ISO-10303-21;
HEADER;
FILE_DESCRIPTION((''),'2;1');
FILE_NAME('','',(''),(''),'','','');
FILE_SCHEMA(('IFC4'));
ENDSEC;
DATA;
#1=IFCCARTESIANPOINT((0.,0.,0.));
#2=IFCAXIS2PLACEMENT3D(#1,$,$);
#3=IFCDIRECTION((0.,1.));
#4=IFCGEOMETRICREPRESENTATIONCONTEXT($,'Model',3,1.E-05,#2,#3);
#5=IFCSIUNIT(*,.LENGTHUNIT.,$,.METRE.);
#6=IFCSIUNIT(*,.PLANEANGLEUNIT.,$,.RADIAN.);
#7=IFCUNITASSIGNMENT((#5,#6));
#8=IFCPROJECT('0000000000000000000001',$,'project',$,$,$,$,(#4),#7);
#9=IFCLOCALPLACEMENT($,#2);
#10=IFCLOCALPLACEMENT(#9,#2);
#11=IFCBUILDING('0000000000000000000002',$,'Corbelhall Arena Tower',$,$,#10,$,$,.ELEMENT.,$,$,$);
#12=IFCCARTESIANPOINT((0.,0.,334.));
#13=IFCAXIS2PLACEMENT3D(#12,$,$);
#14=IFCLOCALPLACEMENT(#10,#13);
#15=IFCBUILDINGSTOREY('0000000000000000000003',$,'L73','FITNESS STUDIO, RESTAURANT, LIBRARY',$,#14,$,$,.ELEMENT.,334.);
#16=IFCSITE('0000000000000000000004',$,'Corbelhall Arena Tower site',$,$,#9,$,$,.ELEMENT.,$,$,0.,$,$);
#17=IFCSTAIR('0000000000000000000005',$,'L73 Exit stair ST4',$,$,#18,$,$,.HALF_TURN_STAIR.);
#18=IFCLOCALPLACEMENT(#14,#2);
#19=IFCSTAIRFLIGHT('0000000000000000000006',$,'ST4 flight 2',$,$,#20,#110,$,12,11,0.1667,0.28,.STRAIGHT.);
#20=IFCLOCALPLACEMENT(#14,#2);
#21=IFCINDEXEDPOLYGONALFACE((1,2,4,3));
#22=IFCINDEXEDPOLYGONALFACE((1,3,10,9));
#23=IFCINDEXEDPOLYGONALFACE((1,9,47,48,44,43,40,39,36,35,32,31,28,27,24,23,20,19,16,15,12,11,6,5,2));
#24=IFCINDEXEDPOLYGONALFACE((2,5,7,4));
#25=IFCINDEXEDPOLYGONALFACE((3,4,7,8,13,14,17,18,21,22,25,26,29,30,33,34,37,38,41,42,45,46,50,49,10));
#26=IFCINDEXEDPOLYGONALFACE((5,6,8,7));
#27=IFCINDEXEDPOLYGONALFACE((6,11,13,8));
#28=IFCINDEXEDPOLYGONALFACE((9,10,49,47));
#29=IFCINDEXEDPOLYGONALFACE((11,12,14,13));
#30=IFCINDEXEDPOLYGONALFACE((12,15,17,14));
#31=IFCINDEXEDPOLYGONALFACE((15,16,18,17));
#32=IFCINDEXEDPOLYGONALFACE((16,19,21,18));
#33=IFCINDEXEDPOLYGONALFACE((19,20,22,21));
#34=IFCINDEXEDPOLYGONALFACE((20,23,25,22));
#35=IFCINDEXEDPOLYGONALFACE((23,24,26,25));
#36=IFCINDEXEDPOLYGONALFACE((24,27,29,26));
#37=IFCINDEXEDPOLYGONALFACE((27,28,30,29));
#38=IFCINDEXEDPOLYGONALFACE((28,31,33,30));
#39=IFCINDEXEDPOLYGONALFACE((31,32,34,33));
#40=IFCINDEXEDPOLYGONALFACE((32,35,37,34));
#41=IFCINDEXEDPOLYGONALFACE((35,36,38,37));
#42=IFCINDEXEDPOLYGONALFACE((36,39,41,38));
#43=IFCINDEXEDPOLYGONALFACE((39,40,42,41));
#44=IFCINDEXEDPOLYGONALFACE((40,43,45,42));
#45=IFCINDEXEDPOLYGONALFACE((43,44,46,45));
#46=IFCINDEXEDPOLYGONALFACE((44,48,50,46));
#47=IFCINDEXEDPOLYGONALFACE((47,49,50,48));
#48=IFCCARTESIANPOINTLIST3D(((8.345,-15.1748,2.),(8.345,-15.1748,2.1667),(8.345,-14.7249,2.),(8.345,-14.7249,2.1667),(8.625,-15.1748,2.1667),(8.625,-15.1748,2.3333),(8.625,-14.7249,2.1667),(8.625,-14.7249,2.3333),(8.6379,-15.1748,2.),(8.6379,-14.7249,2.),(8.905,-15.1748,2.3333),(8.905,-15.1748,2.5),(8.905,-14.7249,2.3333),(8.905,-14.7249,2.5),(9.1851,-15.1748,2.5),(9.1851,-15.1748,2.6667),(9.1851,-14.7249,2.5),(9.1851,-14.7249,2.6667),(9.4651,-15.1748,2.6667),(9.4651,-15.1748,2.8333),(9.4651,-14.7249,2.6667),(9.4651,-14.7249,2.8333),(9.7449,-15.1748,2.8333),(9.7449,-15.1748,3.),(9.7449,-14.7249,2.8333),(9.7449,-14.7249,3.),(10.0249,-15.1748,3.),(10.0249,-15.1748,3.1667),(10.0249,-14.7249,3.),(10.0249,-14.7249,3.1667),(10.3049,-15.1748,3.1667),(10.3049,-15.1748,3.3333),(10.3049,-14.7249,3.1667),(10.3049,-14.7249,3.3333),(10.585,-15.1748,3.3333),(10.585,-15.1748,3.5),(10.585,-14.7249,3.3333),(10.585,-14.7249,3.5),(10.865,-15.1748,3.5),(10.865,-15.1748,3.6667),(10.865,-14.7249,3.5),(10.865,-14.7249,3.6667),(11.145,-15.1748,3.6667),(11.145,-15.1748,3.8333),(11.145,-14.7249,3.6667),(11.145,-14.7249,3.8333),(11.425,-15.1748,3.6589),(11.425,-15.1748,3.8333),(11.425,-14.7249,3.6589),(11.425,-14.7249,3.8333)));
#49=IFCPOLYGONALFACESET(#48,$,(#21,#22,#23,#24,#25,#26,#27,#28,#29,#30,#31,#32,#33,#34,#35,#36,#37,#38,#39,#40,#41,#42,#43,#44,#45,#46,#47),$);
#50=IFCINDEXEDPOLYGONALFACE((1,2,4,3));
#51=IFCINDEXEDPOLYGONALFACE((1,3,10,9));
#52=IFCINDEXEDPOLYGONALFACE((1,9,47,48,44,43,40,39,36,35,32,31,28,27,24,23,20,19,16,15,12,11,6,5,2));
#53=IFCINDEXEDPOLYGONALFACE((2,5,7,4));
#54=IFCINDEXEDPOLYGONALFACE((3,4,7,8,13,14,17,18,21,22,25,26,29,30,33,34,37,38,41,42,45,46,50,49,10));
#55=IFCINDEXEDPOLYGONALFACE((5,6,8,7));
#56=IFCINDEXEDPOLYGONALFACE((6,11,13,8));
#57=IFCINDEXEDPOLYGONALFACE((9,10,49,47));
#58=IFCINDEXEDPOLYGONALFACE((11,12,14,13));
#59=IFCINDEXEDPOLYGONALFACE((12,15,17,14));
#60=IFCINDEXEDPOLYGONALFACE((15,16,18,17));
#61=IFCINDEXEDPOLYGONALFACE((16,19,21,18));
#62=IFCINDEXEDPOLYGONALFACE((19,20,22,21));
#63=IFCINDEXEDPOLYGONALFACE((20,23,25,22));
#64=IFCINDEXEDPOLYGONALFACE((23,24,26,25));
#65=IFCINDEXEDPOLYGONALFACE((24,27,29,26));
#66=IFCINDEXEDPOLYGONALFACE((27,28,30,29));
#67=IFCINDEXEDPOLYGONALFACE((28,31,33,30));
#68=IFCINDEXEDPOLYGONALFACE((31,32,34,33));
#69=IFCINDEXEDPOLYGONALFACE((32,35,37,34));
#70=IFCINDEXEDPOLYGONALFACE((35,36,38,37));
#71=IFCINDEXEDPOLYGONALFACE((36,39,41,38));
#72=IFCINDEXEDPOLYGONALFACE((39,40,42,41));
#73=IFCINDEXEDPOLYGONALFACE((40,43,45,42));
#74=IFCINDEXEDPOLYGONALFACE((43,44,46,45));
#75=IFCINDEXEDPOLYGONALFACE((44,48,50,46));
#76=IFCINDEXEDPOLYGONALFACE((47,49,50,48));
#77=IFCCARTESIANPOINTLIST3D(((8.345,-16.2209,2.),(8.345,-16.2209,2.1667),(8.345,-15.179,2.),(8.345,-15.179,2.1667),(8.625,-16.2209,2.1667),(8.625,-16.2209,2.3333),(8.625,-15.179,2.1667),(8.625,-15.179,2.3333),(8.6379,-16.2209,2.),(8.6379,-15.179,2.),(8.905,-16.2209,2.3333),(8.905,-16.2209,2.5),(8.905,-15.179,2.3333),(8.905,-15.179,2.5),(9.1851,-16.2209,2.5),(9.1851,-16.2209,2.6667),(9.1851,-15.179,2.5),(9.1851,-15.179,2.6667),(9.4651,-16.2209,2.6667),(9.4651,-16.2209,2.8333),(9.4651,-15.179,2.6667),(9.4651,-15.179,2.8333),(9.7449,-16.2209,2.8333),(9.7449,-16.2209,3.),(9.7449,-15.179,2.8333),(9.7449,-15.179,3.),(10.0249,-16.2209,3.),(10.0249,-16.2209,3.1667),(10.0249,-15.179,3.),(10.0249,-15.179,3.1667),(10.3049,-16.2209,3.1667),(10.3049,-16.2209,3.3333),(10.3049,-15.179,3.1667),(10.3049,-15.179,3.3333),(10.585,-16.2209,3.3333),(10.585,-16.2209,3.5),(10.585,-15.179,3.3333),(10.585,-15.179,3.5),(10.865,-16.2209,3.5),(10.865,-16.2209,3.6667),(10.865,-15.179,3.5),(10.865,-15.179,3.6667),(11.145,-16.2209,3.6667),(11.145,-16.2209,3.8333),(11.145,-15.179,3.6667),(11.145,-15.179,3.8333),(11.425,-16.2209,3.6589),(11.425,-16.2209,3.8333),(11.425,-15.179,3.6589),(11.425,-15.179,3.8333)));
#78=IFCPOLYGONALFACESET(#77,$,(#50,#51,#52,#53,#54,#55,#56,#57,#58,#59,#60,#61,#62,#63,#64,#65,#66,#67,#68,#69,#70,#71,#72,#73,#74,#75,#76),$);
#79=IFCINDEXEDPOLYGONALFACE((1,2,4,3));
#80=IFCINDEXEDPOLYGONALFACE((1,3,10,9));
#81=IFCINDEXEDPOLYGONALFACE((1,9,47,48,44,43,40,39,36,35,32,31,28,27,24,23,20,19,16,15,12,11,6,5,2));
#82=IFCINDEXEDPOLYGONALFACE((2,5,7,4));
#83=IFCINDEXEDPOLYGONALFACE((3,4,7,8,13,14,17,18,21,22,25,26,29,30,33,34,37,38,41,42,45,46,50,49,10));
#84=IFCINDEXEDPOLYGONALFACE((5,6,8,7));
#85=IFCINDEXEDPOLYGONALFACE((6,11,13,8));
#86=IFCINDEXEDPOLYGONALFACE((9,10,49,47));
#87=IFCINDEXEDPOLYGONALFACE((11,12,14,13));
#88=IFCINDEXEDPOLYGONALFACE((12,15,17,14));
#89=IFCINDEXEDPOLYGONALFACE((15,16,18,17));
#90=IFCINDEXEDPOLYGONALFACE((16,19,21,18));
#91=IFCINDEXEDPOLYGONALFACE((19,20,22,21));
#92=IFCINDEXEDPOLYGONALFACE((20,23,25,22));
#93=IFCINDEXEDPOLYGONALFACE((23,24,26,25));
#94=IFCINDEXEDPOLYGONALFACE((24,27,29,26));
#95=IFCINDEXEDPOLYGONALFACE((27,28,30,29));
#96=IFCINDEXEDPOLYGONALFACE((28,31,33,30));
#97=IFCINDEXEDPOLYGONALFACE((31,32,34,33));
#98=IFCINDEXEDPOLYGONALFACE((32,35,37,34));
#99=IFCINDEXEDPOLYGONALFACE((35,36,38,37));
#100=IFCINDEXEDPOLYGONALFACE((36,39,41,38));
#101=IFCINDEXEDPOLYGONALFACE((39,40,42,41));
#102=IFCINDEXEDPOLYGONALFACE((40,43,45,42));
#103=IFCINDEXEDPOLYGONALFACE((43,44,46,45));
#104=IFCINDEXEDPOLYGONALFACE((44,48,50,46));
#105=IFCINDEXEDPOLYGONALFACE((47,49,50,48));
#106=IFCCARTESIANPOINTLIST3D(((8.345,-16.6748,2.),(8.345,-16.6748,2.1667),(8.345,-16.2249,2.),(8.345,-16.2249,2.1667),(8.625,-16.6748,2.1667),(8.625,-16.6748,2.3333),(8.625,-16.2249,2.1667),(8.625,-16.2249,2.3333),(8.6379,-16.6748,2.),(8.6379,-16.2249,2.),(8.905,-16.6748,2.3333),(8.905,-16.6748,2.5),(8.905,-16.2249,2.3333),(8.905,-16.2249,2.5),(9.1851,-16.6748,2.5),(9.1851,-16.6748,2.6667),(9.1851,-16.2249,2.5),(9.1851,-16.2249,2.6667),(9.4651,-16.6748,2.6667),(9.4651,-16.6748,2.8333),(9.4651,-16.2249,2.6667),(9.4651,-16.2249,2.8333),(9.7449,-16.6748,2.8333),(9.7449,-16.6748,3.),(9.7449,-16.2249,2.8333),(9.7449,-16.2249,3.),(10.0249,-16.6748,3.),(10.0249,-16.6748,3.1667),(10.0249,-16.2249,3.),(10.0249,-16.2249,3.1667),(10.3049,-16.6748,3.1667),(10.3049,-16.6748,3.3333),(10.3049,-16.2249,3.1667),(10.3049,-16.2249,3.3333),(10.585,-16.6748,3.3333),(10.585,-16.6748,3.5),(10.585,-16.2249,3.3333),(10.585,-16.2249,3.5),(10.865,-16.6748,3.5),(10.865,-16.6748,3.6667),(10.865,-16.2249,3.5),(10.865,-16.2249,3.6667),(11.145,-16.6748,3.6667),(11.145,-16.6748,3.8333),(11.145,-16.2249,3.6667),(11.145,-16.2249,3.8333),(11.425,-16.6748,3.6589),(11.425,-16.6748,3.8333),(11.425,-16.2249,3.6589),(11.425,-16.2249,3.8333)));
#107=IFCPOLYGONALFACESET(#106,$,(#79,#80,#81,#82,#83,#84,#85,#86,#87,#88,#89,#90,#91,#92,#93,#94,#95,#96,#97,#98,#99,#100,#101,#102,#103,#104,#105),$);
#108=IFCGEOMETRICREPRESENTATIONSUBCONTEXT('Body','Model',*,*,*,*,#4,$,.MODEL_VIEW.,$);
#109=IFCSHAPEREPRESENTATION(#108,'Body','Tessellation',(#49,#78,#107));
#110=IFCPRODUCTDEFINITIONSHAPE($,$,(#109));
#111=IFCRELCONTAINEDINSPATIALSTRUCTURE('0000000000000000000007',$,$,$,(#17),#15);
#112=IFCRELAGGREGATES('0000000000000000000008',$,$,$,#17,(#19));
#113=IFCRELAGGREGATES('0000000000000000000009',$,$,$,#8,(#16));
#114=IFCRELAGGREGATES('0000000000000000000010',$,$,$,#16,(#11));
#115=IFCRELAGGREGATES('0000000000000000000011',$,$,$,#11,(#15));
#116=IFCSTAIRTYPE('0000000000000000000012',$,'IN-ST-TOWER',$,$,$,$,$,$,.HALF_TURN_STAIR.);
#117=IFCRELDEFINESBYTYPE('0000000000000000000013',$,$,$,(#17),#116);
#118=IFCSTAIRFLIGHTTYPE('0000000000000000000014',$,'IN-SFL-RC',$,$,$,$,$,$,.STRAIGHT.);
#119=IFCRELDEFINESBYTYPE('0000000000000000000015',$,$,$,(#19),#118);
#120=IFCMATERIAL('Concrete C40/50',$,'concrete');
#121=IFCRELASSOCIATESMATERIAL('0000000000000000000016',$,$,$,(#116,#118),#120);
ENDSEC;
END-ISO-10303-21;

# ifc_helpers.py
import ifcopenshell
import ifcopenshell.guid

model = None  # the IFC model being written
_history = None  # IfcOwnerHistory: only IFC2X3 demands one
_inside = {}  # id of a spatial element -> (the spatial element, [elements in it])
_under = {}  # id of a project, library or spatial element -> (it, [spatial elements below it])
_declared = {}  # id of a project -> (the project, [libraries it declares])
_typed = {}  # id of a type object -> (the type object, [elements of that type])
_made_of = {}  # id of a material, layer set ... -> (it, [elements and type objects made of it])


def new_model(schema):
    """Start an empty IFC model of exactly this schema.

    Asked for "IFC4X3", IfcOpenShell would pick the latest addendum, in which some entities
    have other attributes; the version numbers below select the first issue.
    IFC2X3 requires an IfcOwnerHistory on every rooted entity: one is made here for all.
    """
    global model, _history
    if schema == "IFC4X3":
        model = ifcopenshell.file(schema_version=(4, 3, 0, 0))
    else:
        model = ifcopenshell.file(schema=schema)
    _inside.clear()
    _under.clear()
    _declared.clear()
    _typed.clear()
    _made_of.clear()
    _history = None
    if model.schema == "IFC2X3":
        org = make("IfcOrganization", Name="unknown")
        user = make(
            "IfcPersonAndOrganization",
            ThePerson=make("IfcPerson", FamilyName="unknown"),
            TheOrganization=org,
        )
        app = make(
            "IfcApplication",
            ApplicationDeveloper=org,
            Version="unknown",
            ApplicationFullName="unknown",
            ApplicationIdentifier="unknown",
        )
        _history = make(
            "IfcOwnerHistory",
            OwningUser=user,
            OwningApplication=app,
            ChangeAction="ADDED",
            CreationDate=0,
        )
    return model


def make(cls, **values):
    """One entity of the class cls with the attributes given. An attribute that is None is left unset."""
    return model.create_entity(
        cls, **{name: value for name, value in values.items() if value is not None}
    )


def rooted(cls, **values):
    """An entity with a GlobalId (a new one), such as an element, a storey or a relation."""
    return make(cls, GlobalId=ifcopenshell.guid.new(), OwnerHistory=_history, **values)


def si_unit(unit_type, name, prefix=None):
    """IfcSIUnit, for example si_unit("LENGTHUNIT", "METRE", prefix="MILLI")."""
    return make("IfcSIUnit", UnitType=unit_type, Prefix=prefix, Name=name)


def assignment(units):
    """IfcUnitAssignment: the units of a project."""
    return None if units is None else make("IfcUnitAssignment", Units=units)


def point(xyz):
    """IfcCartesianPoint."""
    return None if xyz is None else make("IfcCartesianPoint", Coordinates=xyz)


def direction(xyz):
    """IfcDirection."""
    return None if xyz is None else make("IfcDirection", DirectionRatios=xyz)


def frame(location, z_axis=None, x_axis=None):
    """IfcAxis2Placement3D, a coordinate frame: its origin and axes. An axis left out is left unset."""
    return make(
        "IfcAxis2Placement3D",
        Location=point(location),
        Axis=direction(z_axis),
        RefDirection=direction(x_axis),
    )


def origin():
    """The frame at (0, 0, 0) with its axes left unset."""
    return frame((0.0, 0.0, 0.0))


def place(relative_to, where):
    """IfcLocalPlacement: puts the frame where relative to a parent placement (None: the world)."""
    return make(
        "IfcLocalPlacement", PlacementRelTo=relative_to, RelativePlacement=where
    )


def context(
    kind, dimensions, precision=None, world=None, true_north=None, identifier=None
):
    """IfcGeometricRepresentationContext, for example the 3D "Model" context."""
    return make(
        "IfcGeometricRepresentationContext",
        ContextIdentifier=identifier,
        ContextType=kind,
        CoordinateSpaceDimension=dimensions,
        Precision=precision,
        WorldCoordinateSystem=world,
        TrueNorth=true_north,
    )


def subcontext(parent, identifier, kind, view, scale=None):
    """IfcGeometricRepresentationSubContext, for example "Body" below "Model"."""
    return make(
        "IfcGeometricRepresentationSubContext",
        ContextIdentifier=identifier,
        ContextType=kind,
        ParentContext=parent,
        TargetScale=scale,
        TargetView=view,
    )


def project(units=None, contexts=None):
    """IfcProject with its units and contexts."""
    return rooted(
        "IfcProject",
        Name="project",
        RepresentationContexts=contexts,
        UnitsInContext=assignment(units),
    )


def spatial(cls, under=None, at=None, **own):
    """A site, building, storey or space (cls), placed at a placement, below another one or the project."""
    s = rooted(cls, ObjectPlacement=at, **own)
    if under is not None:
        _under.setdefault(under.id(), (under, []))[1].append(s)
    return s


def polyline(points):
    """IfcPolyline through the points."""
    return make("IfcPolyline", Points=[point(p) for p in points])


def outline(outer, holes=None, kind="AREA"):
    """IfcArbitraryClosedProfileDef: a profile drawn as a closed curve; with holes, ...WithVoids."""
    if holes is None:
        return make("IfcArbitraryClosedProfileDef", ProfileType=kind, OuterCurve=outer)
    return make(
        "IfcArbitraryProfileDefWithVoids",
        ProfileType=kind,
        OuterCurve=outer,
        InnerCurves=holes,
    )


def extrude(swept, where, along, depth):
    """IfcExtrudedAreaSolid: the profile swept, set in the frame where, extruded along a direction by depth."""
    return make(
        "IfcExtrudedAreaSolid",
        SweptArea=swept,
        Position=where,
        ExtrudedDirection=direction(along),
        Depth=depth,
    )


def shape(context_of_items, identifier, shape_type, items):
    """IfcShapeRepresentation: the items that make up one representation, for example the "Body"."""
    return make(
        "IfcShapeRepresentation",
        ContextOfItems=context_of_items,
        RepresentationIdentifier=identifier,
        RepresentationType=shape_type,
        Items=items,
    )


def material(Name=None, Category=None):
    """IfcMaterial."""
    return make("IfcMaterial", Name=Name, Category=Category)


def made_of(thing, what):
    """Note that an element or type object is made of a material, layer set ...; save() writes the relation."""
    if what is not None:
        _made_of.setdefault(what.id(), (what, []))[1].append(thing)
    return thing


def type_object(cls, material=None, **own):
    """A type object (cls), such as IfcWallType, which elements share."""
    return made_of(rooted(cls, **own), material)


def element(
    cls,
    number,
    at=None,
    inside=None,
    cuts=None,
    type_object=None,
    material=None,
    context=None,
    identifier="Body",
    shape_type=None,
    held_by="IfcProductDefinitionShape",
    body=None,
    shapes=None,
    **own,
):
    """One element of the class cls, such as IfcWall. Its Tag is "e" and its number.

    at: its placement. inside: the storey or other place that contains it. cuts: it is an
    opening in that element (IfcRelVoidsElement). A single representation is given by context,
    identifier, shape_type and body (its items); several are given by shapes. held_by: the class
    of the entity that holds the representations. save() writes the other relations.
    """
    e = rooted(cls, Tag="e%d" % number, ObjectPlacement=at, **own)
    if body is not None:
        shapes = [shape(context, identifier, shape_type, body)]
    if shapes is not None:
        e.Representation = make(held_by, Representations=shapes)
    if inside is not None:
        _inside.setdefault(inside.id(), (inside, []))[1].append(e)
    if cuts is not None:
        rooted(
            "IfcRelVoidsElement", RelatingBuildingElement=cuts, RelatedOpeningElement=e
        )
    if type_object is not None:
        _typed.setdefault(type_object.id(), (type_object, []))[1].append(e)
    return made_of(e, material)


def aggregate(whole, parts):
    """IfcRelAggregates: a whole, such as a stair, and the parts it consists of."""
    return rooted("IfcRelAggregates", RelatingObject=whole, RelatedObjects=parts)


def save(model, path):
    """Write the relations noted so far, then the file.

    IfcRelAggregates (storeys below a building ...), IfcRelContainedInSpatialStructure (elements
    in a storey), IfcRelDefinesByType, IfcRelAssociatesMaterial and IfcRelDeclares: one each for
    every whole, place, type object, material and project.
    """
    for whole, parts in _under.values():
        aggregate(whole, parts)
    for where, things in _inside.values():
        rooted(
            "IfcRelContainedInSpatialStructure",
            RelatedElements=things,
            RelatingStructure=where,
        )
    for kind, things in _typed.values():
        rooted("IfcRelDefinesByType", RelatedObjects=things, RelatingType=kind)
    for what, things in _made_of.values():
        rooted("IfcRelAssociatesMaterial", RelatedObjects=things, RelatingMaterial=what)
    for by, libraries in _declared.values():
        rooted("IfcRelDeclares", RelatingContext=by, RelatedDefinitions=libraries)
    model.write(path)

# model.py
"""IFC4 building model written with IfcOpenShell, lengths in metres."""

from ifc_helpers import new_model, si_unit, direction, frame, origin, place, context, subcontext, project, spatial, polyline, outline, extrude, material, type_object, element, aggregate, save


model = new_model("IFC4")

# Units and contexts
model_context = context("Model", 3, precision=1e-05, world=origin(), true_north=direction((0.0, 1.0)))
body_context = subcontext(model_context, "Body", "Model", "MODEL_VIEW")
ifc_project = project(units=[si_unit("LENGTHUNIT", "METRE"), si_unit("PLANEANGLEUNIT", "RADIAN")], contexts=[model_context])

# Site, building, storey
site_placement = place(None, origin())
site = spatial("IfcSite", under=ifc_project, at=site_placement, Name="Corbelhall Arena Tower site", CompositionType="ELEMENT", RefElevation=0.0)
building_placement = place(site_placement, origin())
building = spatial("IfcBuilding", under=site, at=building_placement, Name="Corbelhall Arena Tower", CompositionType="ELEMENT")
storey_placement = place(building_placement, frame((0.0, 0.0, 334.0)))
storey = spatial("IfcBuildingStorey", under=building, at=storey_placement, Name="L73", Description="FITNESS STUDIO, RESTAURANT, LIBRARY", CompositionType="ELEMENT", Elevation=334.0)

# Shared definitions
ifc_material_1 = material(Name="Concrete C40/50", Category="concrete")

# Stair, stair flight
stair_type = type_object("IfcStairType", Name="IN-ST-TOWER", PredefinedType="HALF_TURN_STAIR", material=ifc_material_1)
stair_placement = place(storey_placement, origin())
stair = element("IfcStair", 1, at=stair_placement, inside=storey, type_object=stair_type, Name="L73 Exit stair ST4", PredefinedType="HALF_TURN_STAIR")
stair_flight_type = type_object("IfcStairFlightType", Name="IN-SFL-RC", PredefinedType="STRAIGHT", material=ifc_material_1)
stair_flight_1_placement = place(storey_placement, frame((8.345, -15.7, 2.0), z_axis=(0.0, 0.0, 1.0), x_axis=(1.0, 0.0, 0.0)))
stair_flight_1 = element("IfcStairFlight", 2, at=stair_flight_1_placement, type_object=stair_flight_type, Name="ST4 flight 2", NumberOfRisers=12, NumberOfTreads=11, PredefinedType="STRAIGHT", RiserHeight=0.1667, TreadLength=0.28, context=body_context, shape_type="SweptSolid", body=[
    extrude(outline(polyline([(0.0, 0.0), (0.0, 0.1667), (0.28, 0.1667), (0.28, 0.3333), (0.5601, 0.3333), (0.5601, 0.5), (0.8401, 0.5), (0.8401, 0.6667), (1.1201, 0.6667), (1.1201, 0.8333), (1.3999, 0.8333), (1.3999, 1.0), (1.6799, 1.0), (1.6799, 1.1667), (1.96, 1.1667), (1.96, 1.3333), (2.24, 1.3333), (2.24, 1.5), (2.52, 1.5), (2.52, 1.6667), (2.8, 1.6667), (2.8, 1.8333), (3.0801, 1.8333), (3.0801, 2.0), (3.0801, 1.6589), (0.293, 0.0), (0.0, 0.0)])), frame((0.0, 0.9751, 0.0), z_axis=(0.0, -1.0, 0.0), x_axis=(1.0, 0.0, 0.0)), (0.0, 0.0, 1.0), 0.45),
    extrude(outline(polyline([(0.0, 0.0), (0.0, 0.1667), (0.28, 0.1667), (0.28, 0.3333), (0.5601, 0.3333), (0.5601, 0.5), (0.8401, 0.5), (0.8401, 0.6667), (1.1201, 0.6667), (1.1201, 0.8333), (1.3999, 0.8333), (1.3999, 1.0), (1.6799, 1.0), (1.6799, 1.1667), (1.96, 1.1667), (1.96, 1.3333), (2.24, 1.3333), (2.24, 1.5), (2.52, 1.5), (2.52, 1.6667), (2.8, 1.6667), (2.8, 1.8333), (3.0801, 1.8333), (3.0801, 2.0), (3.0801, 1.6589), (0.293, 0.0), (0.0, 0.0)])), frame((0.0, 0.521, 0.0), z_axis=(0.0, -1.0, 0.0), x_axis=(1.0, 0.0, 0.0)), (0.0, 0.0, 1.0), 1.042),
    extrude(outline(polyline([(0.0, 0.0), (0.0, 0.1667), (0.28, 0.1667), (0.28, 0.3333), (0.5601, 0.3333), (0.5601, 0.5), (0.8401, 0.5), (0.8401, 0.6667), (1.1201, 0.6667), (1.1201, 0.8333), (1.3999, 0.8333), (1.3999, 1.0), (1.6799, 1.0), (1.6799, 1.1667), (1.96, 1.1667), (1.96, 1.3333), (2.24, 1.3333), (2.24, 1.5), (2.52, 1.5), (2.52, 1.6667), (2.8, 1.6667), (2.8, 1.8333), (3.0801, 1.8333), (3.0801, 2.0), (3.0801, 1.6589), (0.293, 0.0), (0.0, 0.0)])), frame((0.0, -0.5249, 0.0), z_axis=(0.0, -1.0, 0.0), x_axis=(1.0, 0.0, 0.0)), (0.0, 0.0, 1.0), 0.45),
])
aggregate(stair, [stair_flight_1])

save(model, "model.ifc")
